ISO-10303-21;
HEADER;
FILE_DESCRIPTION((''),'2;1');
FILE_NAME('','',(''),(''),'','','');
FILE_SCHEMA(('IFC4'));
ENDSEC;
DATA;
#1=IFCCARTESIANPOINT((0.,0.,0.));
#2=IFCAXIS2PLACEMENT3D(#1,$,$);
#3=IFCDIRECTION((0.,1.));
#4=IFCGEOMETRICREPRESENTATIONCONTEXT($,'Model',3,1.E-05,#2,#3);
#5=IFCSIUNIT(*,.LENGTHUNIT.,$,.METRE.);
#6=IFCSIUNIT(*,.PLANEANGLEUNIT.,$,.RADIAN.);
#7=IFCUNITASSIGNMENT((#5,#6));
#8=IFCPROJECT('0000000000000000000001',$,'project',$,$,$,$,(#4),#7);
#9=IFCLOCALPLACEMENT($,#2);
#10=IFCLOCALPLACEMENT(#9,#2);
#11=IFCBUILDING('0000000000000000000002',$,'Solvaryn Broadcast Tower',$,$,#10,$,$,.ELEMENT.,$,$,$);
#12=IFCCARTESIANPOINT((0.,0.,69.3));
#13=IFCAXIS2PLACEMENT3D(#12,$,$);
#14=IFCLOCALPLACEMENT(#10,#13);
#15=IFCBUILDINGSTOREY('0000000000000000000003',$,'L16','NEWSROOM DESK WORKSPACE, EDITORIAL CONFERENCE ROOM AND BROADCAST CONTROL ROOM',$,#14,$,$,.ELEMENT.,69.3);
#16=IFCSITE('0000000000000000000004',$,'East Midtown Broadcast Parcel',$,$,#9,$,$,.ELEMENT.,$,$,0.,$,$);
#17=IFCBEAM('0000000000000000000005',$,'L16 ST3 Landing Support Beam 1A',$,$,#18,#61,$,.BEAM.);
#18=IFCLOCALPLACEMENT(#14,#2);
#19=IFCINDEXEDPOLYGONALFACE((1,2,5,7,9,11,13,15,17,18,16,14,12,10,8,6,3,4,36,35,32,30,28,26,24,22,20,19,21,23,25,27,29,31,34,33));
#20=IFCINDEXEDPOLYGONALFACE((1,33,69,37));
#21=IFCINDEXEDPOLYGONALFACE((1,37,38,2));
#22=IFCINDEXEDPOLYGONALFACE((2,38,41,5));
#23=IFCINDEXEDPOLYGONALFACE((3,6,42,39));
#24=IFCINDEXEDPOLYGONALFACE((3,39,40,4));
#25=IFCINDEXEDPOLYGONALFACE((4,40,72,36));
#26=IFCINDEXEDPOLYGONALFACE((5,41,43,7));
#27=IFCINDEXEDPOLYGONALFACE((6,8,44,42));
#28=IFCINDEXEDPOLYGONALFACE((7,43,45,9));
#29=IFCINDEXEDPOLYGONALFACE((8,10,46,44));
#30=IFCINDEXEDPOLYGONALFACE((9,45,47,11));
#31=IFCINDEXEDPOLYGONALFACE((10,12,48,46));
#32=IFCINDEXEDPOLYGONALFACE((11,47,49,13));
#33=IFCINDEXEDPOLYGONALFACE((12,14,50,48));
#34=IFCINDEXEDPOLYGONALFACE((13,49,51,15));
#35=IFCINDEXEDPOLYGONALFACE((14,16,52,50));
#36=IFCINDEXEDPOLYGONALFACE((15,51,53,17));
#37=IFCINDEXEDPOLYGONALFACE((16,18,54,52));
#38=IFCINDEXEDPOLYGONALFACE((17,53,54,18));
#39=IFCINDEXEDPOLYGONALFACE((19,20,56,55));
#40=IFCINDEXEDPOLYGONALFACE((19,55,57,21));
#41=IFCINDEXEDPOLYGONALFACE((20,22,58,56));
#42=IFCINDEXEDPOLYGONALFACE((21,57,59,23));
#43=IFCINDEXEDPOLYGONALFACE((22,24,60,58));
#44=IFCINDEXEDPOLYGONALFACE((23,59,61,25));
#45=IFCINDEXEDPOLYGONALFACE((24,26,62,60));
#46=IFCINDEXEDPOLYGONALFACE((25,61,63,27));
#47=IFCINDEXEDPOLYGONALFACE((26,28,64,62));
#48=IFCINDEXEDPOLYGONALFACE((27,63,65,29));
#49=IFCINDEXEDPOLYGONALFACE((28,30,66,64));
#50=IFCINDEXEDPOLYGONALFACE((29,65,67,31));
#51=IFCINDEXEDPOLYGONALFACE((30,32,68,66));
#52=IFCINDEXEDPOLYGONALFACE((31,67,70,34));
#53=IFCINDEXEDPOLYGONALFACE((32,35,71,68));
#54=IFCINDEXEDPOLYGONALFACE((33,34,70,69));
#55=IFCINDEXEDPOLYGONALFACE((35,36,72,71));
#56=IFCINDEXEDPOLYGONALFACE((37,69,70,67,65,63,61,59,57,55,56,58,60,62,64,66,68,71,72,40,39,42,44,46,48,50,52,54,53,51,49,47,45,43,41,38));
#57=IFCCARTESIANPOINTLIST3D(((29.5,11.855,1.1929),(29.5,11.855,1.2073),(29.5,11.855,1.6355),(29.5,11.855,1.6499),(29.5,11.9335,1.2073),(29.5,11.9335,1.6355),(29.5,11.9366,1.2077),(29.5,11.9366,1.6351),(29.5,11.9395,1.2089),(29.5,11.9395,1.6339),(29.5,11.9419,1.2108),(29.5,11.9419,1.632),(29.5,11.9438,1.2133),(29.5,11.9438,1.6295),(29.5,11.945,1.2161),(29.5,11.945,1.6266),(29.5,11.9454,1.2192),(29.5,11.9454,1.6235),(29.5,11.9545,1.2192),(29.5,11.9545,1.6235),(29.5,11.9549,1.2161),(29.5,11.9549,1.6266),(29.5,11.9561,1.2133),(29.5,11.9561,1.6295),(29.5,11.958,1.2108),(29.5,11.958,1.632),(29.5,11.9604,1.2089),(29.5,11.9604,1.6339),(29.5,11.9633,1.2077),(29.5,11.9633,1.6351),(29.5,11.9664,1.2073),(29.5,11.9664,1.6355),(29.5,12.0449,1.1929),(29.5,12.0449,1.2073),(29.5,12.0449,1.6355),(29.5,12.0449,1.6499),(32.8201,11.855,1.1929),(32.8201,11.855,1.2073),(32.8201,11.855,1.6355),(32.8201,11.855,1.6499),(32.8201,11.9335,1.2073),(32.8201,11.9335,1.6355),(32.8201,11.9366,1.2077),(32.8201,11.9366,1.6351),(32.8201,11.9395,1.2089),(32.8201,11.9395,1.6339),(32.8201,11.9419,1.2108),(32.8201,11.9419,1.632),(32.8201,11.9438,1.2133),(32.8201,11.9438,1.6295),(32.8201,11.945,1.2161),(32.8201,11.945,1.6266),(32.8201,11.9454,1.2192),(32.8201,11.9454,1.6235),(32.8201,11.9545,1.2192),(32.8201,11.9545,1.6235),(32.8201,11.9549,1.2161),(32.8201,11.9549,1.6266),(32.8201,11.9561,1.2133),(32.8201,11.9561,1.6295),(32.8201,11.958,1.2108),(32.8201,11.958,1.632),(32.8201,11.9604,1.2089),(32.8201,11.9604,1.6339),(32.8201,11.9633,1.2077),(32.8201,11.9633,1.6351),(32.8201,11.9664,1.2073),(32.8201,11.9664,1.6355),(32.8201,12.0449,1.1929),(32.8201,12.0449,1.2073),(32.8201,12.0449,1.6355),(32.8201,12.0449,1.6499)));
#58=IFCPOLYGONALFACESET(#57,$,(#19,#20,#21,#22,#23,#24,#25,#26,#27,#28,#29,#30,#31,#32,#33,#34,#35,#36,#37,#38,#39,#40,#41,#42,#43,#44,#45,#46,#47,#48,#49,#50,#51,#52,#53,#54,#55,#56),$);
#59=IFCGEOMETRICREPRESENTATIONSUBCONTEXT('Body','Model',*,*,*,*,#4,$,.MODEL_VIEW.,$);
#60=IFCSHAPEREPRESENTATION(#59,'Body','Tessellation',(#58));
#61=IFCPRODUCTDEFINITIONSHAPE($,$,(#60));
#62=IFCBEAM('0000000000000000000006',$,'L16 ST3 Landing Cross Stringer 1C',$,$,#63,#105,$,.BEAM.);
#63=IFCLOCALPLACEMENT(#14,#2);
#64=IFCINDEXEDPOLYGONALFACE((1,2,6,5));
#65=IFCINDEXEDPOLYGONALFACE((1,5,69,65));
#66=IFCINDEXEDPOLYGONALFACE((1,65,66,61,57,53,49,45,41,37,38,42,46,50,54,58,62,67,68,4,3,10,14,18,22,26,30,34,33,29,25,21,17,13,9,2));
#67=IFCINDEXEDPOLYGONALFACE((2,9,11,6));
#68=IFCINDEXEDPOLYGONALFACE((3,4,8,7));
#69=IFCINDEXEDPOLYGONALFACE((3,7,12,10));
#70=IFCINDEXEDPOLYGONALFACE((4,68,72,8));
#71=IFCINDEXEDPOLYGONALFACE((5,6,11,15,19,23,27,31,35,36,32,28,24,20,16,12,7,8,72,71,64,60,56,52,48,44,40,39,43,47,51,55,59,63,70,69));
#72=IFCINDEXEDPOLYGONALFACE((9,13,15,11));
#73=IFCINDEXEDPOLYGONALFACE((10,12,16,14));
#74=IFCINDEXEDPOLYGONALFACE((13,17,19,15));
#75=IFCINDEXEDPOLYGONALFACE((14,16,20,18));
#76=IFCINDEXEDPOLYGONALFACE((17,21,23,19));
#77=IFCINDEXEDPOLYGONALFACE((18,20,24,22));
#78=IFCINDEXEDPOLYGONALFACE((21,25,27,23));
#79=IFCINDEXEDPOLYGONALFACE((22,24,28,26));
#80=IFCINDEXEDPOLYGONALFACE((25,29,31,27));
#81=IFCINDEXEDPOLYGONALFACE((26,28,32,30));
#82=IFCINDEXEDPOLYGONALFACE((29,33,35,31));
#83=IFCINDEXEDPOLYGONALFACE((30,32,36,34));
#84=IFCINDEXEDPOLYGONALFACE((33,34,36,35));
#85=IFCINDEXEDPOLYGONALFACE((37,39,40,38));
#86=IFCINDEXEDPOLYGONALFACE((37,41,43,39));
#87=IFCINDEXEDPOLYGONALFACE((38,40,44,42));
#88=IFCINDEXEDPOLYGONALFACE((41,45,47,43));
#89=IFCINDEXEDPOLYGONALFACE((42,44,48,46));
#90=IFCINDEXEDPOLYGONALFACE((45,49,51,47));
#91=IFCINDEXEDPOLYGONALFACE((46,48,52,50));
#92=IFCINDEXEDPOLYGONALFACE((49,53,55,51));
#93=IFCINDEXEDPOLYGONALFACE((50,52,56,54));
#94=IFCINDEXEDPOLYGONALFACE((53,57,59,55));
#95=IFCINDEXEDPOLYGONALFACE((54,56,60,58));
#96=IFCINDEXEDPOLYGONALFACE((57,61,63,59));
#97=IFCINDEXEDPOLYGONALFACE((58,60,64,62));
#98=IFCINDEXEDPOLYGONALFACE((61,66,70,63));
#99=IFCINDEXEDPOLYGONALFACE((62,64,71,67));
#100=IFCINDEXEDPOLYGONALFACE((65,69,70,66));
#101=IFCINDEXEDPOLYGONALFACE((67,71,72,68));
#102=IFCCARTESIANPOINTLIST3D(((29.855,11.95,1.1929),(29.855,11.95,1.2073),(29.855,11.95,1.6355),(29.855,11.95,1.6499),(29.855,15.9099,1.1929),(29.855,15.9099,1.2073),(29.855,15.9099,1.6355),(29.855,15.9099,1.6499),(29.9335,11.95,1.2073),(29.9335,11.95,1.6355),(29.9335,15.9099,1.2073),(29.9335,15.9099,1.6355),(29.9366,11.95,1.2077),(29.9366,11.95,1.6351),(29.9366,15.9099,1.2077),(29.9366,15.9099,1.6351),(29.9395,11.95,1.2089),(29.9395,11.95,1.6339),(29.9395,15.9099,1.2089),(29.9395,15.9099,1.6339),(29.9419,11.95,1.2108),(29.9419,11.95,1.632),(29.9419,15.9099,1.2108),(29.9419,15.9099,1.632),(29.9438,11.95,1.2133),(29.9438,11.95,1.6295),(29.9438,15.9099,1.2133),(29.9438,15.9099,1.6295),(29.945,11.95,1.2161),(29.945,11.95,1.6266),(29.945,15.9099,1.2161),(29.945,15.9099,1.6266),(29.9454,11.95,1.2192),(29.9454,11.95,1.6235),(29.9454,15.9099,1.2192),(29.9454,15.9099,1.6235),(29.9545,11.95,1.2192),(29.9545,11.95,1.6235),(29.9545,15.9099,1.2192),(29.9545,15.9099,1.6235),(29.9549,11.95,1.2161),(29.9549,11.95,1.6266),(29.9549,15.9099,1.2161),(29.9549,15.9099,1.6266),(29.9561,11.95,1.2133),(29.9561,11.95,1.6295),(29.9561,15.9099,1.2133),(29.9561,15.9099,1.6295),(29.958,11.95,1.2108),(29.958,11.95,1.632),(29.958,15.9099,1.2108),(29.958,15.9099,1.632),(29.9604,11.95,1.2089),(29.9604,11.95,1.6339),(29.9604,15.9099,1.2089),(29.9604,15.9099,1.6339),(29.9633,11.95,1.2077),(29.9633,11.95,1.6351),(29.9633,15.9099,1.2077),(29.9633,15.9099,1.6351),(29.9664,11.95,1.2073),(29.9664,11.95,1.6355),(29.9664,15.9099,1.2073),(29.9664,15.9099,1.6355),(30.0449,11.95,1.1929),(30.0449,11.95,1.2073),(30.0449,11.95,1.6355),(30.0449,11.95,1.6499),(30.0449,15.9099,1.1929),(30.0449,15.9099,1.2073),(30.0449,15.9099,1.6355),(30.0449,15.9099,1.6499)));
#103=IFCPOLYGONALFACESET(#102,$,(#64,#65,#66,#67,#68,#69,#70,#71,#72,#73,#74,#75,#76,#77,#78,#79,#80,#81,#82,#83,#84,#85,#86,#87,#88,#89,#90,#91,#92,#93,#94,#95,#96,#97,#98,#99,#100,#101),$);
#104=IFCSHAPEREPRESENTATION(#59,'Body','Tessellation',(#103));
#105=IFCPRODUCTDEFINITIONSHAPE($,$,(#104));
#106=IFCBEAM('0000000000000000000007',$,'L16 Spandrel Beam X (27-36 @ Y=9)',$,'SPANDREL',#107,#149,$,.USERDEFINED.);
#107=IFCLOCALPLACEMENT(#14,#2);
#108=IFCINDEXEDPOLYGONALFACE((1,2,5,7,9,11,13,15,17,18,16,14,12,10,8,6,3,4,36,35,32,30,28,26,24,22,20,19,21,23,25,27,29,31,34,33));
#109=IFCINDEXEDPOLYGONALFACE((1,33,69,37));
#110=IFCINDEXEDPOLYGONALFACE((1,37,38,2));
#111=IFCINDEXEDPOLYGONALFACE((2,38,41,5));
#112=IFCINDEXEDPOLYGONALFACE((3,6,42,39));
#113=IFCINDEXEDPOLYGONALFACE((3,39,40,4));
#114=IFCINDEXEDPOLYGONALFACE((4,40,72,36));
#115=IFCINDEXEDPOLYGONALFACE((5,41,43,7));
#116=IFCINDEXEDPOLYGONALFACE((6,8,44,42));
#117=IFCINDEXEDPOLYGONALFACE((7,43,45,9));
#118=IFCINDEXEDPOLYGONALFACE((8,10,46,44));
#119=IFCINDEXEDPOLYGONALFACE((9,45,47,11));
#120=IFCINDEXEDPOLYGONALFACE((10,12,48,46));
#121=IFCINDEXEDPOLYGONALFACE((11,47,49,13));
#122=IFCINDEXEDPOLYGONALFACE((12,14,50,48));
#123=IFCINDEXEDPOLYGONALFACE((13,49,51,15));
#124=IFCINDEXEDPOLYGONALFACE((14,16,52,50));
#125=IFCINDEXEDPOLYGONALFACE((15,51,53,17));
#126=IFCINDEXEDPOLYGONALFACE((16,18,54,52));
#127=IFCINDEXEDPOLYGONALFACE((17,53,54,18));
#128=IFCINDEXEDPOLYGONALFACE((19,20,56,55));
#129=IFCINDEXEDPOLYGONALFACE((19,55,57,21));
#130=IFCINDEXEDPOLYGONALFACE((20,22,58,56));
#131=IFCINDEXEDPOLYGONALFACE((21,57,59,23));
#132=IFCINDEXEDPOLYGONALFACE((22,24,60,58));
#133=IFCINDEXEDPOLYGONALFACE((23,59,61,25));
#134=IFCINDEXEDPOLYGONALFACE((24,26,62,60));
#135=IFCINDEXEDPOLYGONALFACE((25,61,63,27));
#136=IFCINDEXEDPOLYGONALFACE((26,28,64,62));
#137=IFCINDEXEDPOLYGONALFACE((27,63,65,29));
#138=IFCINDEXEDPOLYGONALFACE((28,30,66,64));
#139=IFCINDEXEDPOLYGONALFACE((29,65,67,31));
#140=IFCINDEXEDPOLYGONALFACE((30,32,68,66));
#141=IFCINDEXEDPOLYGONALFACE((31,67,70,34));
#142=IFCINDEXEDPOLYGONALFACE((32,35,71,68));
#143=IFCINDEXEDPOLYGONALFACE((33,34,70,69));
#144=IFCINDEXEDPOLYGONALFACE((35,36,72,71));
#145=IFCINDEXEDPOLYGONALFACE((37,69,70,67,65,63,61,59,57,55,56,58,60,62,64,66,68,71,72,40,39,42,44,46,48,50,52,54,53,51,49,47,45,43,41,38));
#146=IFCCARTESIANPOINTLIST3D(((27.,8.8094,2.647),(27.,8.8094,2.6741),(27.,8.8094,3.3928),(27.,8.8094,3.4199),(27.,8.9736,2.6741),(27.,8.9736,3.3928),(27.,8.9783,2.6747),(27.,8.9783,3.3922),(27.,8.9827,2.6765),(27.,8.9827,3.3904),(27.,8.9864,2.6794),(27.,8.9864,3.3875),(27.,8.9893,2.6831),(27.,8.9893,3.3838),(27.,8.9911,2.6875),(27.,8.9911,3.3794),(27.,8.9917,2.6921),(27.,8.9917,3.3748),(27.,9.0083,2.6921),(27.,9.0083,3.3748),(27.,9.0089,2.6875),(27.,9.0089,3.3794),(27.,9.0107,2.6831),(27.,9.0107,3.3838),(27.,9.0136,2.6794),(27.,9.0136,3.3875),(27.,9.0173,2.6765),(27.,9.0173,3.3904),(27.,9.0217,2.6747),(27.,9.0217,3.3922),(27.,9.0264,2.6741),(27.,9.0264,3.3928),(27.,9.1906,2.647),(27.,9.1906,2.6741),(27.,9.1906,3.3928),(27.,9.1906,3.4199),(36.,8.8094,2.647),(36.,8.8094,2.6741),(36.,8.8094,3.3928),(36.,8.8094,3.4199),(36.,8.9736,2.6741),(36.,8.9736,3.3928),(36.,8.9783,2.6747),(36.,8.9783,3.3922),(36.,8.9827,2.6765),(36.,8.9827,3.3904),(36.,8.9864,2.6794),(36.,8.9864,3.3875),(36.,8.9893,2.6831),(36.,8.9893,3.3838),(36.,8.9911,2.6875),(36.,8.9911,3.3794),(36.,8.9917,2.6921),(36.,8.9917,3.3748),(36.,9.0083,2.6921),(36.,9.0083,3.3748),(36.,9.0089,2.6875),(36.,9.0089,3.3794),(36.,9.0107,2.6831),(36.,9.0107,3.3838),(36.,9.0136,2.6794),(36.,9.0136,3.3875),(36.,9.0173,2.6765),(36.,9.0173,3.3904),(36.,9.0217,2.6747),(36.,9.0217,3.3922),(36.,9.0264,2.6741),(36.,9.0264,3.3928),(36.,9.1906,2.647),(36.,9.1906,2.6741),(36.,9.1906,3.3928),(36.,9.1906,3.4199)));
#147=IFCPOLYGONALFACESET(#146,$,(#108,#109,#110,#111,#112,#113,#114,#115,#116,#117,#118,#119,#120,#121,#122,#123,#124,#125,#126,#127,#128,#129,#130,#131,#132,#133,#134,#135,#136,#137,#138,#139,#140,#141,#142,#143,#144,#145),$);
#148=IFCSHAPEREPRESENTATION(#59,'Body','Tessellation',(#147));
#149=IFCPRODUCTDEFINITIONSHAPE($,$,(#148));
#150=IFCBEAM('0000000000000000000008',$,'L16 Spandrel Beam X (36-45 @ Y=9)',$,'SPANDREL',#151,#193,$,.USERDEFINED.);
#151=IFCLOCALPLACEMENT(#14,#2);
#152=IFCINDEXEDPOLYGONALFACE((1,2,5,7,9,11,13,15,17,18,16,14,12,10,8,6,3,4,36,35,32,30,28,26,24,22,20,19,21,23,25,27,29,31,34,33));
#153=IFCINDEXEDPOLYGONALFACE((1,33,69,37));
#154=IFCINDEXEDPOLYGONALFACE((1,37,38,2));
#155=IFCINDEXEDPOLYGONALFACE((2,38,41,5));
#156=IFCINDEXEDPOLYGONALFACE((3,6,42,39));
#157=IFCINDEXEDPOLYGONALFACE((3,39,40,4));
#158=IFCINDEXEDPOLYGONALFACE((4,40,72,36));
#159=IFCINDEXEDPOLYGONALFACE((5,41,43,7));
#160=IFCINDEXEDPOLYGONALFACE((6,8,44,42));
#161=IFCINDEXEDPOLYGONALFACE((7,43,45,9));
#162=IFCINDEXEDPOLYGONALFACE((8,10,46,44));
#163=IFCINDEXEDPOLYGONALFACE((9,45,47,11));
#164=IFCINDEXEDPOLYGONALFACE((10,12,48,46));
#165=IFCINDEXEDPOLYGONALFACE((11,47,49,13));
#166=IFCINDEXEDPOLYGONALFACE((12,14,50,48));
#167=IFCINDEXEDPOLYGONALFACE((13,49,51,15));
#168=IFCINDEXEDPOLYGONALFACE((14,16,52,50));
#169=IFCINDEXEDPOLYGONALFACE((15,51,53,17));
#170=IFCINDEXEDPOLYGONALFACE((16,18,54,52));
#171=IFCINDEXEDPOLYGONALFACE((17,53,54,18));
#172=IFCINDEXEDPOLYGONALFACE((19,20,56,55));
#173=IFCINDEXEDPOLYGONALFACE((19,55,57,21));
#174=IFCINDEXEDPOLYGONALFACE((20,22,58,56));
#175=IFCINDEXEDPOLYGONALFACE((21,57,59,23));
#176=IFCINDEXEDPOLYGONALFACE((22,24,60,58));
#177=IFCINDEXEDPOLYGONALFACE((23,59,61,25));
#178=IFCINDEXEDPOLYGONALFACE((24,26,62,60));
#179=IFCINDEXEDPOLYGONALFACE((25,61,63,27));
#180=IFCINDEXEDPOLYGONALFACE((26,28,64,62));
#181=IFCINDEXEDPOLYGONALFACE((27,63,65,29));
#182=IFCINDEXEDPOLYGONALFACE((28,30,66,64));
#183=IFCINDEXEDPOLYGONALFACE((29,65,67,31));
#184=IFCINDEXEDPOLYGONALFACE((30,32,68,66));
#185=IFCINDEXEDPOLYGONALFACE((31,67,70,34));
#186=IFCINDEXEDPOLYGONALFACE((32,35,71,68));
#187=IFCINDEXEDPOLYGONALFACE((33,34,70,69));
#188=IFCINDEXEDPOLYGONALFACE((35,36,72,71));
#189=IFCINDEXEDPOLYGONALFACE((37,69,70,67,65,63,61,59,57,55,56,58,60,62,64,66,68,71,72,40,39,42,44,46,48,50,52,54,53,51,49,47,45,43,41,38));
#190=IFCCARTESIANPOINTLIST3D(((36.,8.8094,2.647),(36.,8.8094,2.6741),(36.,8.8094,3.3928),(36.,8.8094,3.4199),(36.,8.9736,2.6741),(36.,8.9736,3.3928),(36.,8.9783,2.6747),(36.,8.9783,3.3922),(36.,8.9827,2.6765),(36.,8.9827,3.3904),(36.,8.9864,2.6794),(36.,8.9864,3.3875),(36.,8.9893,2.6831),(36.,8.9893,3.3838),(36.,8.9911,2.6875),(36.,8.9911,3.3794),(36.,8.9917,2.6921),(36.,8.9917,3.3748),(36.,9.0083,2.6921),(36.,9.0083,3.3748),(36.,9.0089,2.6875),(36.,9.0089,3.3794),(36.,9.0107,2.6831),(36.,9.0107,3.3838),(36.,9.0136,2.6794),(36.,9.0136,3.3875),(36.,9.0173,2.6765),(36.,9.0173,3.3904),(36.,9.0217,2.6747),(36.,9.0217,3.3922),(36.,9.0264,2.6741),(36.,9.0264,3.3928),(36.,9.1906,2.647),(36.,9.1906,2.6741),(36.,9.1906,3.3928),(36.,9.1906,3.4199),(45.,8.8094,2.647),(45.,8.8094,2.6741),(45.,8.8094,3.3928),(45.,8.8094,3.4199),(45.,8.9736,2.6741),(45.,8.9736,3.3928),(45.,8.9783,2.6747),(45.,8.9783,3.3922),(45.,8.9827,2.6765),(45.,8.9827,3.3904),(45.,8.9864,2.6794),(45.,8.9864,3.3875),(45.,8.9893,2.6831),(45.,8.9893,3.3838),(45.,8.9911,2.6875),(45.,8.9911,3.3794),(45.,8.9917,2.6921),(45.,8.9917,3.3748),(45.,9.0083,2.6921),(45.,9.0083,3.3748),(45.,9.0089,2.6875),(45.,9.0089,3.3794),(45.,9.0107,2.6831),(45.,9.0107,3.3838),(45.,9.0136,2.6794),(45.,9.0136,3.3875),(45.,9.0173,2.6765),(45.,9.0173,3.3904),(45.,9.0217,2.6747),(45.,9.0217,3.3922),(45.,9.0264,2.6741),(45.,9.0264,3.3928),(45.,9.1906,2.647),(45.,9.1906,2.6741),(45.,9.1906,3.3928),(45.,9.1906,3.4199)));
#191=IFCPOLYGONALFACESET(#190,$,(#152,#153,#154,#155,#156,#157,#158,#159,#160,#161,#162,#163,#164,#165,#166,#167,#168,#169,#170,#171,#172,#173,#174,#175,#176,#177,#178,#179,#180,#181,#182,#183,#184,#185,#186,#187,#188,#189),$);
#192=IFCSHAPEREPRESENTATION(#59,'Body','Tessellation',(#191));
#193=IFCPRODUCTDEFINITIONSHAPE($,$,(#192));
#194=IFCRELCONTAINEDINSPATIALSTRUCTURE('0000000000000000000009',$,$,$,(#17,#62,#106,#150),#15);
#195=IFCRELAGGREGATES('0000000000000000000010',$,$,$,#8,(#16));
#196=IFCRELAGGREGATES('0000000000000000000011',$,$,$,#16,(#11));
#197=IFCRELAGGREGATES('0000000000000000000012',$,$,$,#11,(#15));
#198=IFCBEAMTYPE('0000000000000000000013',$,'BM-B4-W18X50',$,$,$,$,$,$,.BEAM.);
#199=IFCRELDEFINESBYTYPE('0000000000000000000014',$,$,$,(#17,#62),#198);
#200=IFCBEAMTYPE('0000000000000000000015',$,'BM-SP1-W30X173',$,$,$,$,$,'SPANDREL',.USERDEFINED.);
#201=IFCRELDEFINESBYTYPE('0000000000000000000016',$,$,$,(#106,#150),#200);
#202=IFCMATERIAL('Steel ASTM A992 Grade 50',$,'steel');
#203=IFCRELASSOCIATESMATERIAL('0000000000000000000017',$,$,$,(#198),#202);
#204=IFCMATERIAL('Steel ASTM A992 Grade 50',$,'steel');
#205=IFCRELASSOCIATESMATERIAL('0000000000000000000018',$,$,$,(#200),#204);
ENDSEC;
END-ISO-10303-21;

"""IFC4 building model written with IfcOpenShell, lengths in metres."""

from ifc_helpers import new_model, si_unit, direction, frame, origin, origin_2d, place, context, subcontext, project, spatial, i_section, extrude, material, material_profile, profile_set, type_object, element, save


model = new_model("IFC4")

# Units and contexts
model_context = context("Model", 3, precision=1e-05, world=origin(), true_north=direction((0.0, 1.0)))
body_context = subcontext(model_context, "Body", "Model", "MODEL_VIEW")
ifc_project = project(units=[si_unit("LENGTHUNIT", "METRE"), si_unit("PLANEANGLEUNIT", "RADIAN")], contexts=[model_context])

# Site, building, storey
site_placement = place(None, origin())
site = spatial("IfcSite", under=ifc_project, at=site_placement, Name="East Midtown Broadcast Parcel", CompositionType="ELEMENT", RefElevation=0.0)
building_placement = place(site_placement, origin())
building = spatial("IfcBuilding", under=site, at=building_placement, Name="Solvaryn Broadcast Tower", CompositionType="ELEMENT")
storey_placement = place(building_placement, frame((0.0, 0.0, 69.3)))
storey = spatial("IfcBuildingStorey", under=building, at=storey_placement, Name="L16", Description="NEWSROOM DESK WORKSPACE, EDITORIAL CONFERENCE ROOM AND BROADCAST CONTROL ROOM", CompositionType="ELEMENT", Elevation=69.3)

# Beams
ifc_material_1 = material(Name="Steel ASTM A992 Grade 50", Category="steel")
ifc_material_profile_1 = material_profile(ifc_material_1, i_section(OverallWidth=0.1899, OverallDepth=0.457, WebThickness=0.009, FlangeThickness=0.0144, FilletRadius=0.012, at=origin_2d()))
ifc_profile_set_1 = profile_set([ifc_material_profile_1], Name="Steel ASTM A992 Grade 50")
beam_type_1 = type_object("IfcBeamType", Name="BM-B4-W18X50", PredefinedType="BEAM", material=ifc_profile_set_1)
beam_1_placement = place(storey_placement, frame((29.5, 11.95, 1.4214), z_axis=(1.0, 0.0, 0.0), x_axis=(0.0, 1.0, 0.0)))
element("IfcBeam", 1, at=beam_1_placement, inside=storey, type_object=beam_type_1, Name="L16 ST3 Landing Support Beam 1A", PredefinedType="BEAM", context=body_context, shape_type="SweptSolid", body=[
    extrude(i_section(OverallWidth=0.1899, OverallDepth=0.457, WebThickness=0.009, FlangeThickness=0.0144, FilletRadius=0.012, at=origin_2d()), origin(), (0.0, 0.0, 1.0), 3.3201),
])
beam_2_placement = place(storey_placement, frame((29.95, 11.95, 1.4214), z_axis=(0.0, 1.0, 0.0), x_axis=(-1.0, 0.0, 0.0)))
element("IfcBeam", 2, at=beam_2_placement, inside=storey, type_object=beam_type_1, Name="L16 ST3 Landing Cross Stringer 1C", PredefinedType="BEAM", context=body_context, shape_type="SweptSolid", body=[
    extrude(i_section(OverallWidth=0.1899, OverallDepth=0.457, WebThickness=0.009, FlangeThickness=0.0144, FilletRadius=0.012, at=origin_2d()), origin(), (0.0, 0.0, 1.0), 3.96),
])
ifc_material_2 = material(Name="Steel ASTM A992 Grade 50", Category="steel")
ifc_material_profile_2 = material_profile(ifc_material_2, i_section(OverallWidth=0.3811, OverallDepth=0.7729, WebThickness=0.0166, FlangeThickness=0.0271, FilletRadius=0.0181, at=origin_2d()))
ifc_profile_set_2 = profile_set([ifc_material_profile_2], Name="Steel ASTM A992 Grade 50")
beam_type_2 = type_object("IfcBeamType", Name="BM-SP1-W30X173", ElementType="SPANDREL", PredefinedType="USERDEFINED", material=ifc_profile_set_2)
for number, where, z_axis, x_axis, name in (
    (3, (27.0, 9.0, 3.0334), (1.0, 0.0, 0.0), (0.0, 1.0, 0.0), "L16 Spandrel Beam X (27-36 @ Y=9)"),
    (4, (36.0, 9.0, 3.0334), (1.0, 0.0, 0.0), (0.0, 1.0, 0.0), "L16 Spandrel Beam X (36-45 @ Y=9)"),
):
    element("IfcBeam", number, at=place(storey_placement, frame(where, z_axis=z_axis, x_axis=x_axis)), inside=storey, type_object=beam_type_2, Name=name, ObjectType="SPANDREL", PredefinedType="USERDEFINED", context=body_context, shape_type="SweptSolid", body=[
        extrude(i_section(OverallWidth=0.3811, OverallDepth=0.7729, WebThickness=0.0166, FlangeThickness=0.0271, FilletRadius=0.0181, at=origin_2d()), origin(), (0.0, 0.0, 1.0), 9.0),
    ])

save(model, "model.ifc")
